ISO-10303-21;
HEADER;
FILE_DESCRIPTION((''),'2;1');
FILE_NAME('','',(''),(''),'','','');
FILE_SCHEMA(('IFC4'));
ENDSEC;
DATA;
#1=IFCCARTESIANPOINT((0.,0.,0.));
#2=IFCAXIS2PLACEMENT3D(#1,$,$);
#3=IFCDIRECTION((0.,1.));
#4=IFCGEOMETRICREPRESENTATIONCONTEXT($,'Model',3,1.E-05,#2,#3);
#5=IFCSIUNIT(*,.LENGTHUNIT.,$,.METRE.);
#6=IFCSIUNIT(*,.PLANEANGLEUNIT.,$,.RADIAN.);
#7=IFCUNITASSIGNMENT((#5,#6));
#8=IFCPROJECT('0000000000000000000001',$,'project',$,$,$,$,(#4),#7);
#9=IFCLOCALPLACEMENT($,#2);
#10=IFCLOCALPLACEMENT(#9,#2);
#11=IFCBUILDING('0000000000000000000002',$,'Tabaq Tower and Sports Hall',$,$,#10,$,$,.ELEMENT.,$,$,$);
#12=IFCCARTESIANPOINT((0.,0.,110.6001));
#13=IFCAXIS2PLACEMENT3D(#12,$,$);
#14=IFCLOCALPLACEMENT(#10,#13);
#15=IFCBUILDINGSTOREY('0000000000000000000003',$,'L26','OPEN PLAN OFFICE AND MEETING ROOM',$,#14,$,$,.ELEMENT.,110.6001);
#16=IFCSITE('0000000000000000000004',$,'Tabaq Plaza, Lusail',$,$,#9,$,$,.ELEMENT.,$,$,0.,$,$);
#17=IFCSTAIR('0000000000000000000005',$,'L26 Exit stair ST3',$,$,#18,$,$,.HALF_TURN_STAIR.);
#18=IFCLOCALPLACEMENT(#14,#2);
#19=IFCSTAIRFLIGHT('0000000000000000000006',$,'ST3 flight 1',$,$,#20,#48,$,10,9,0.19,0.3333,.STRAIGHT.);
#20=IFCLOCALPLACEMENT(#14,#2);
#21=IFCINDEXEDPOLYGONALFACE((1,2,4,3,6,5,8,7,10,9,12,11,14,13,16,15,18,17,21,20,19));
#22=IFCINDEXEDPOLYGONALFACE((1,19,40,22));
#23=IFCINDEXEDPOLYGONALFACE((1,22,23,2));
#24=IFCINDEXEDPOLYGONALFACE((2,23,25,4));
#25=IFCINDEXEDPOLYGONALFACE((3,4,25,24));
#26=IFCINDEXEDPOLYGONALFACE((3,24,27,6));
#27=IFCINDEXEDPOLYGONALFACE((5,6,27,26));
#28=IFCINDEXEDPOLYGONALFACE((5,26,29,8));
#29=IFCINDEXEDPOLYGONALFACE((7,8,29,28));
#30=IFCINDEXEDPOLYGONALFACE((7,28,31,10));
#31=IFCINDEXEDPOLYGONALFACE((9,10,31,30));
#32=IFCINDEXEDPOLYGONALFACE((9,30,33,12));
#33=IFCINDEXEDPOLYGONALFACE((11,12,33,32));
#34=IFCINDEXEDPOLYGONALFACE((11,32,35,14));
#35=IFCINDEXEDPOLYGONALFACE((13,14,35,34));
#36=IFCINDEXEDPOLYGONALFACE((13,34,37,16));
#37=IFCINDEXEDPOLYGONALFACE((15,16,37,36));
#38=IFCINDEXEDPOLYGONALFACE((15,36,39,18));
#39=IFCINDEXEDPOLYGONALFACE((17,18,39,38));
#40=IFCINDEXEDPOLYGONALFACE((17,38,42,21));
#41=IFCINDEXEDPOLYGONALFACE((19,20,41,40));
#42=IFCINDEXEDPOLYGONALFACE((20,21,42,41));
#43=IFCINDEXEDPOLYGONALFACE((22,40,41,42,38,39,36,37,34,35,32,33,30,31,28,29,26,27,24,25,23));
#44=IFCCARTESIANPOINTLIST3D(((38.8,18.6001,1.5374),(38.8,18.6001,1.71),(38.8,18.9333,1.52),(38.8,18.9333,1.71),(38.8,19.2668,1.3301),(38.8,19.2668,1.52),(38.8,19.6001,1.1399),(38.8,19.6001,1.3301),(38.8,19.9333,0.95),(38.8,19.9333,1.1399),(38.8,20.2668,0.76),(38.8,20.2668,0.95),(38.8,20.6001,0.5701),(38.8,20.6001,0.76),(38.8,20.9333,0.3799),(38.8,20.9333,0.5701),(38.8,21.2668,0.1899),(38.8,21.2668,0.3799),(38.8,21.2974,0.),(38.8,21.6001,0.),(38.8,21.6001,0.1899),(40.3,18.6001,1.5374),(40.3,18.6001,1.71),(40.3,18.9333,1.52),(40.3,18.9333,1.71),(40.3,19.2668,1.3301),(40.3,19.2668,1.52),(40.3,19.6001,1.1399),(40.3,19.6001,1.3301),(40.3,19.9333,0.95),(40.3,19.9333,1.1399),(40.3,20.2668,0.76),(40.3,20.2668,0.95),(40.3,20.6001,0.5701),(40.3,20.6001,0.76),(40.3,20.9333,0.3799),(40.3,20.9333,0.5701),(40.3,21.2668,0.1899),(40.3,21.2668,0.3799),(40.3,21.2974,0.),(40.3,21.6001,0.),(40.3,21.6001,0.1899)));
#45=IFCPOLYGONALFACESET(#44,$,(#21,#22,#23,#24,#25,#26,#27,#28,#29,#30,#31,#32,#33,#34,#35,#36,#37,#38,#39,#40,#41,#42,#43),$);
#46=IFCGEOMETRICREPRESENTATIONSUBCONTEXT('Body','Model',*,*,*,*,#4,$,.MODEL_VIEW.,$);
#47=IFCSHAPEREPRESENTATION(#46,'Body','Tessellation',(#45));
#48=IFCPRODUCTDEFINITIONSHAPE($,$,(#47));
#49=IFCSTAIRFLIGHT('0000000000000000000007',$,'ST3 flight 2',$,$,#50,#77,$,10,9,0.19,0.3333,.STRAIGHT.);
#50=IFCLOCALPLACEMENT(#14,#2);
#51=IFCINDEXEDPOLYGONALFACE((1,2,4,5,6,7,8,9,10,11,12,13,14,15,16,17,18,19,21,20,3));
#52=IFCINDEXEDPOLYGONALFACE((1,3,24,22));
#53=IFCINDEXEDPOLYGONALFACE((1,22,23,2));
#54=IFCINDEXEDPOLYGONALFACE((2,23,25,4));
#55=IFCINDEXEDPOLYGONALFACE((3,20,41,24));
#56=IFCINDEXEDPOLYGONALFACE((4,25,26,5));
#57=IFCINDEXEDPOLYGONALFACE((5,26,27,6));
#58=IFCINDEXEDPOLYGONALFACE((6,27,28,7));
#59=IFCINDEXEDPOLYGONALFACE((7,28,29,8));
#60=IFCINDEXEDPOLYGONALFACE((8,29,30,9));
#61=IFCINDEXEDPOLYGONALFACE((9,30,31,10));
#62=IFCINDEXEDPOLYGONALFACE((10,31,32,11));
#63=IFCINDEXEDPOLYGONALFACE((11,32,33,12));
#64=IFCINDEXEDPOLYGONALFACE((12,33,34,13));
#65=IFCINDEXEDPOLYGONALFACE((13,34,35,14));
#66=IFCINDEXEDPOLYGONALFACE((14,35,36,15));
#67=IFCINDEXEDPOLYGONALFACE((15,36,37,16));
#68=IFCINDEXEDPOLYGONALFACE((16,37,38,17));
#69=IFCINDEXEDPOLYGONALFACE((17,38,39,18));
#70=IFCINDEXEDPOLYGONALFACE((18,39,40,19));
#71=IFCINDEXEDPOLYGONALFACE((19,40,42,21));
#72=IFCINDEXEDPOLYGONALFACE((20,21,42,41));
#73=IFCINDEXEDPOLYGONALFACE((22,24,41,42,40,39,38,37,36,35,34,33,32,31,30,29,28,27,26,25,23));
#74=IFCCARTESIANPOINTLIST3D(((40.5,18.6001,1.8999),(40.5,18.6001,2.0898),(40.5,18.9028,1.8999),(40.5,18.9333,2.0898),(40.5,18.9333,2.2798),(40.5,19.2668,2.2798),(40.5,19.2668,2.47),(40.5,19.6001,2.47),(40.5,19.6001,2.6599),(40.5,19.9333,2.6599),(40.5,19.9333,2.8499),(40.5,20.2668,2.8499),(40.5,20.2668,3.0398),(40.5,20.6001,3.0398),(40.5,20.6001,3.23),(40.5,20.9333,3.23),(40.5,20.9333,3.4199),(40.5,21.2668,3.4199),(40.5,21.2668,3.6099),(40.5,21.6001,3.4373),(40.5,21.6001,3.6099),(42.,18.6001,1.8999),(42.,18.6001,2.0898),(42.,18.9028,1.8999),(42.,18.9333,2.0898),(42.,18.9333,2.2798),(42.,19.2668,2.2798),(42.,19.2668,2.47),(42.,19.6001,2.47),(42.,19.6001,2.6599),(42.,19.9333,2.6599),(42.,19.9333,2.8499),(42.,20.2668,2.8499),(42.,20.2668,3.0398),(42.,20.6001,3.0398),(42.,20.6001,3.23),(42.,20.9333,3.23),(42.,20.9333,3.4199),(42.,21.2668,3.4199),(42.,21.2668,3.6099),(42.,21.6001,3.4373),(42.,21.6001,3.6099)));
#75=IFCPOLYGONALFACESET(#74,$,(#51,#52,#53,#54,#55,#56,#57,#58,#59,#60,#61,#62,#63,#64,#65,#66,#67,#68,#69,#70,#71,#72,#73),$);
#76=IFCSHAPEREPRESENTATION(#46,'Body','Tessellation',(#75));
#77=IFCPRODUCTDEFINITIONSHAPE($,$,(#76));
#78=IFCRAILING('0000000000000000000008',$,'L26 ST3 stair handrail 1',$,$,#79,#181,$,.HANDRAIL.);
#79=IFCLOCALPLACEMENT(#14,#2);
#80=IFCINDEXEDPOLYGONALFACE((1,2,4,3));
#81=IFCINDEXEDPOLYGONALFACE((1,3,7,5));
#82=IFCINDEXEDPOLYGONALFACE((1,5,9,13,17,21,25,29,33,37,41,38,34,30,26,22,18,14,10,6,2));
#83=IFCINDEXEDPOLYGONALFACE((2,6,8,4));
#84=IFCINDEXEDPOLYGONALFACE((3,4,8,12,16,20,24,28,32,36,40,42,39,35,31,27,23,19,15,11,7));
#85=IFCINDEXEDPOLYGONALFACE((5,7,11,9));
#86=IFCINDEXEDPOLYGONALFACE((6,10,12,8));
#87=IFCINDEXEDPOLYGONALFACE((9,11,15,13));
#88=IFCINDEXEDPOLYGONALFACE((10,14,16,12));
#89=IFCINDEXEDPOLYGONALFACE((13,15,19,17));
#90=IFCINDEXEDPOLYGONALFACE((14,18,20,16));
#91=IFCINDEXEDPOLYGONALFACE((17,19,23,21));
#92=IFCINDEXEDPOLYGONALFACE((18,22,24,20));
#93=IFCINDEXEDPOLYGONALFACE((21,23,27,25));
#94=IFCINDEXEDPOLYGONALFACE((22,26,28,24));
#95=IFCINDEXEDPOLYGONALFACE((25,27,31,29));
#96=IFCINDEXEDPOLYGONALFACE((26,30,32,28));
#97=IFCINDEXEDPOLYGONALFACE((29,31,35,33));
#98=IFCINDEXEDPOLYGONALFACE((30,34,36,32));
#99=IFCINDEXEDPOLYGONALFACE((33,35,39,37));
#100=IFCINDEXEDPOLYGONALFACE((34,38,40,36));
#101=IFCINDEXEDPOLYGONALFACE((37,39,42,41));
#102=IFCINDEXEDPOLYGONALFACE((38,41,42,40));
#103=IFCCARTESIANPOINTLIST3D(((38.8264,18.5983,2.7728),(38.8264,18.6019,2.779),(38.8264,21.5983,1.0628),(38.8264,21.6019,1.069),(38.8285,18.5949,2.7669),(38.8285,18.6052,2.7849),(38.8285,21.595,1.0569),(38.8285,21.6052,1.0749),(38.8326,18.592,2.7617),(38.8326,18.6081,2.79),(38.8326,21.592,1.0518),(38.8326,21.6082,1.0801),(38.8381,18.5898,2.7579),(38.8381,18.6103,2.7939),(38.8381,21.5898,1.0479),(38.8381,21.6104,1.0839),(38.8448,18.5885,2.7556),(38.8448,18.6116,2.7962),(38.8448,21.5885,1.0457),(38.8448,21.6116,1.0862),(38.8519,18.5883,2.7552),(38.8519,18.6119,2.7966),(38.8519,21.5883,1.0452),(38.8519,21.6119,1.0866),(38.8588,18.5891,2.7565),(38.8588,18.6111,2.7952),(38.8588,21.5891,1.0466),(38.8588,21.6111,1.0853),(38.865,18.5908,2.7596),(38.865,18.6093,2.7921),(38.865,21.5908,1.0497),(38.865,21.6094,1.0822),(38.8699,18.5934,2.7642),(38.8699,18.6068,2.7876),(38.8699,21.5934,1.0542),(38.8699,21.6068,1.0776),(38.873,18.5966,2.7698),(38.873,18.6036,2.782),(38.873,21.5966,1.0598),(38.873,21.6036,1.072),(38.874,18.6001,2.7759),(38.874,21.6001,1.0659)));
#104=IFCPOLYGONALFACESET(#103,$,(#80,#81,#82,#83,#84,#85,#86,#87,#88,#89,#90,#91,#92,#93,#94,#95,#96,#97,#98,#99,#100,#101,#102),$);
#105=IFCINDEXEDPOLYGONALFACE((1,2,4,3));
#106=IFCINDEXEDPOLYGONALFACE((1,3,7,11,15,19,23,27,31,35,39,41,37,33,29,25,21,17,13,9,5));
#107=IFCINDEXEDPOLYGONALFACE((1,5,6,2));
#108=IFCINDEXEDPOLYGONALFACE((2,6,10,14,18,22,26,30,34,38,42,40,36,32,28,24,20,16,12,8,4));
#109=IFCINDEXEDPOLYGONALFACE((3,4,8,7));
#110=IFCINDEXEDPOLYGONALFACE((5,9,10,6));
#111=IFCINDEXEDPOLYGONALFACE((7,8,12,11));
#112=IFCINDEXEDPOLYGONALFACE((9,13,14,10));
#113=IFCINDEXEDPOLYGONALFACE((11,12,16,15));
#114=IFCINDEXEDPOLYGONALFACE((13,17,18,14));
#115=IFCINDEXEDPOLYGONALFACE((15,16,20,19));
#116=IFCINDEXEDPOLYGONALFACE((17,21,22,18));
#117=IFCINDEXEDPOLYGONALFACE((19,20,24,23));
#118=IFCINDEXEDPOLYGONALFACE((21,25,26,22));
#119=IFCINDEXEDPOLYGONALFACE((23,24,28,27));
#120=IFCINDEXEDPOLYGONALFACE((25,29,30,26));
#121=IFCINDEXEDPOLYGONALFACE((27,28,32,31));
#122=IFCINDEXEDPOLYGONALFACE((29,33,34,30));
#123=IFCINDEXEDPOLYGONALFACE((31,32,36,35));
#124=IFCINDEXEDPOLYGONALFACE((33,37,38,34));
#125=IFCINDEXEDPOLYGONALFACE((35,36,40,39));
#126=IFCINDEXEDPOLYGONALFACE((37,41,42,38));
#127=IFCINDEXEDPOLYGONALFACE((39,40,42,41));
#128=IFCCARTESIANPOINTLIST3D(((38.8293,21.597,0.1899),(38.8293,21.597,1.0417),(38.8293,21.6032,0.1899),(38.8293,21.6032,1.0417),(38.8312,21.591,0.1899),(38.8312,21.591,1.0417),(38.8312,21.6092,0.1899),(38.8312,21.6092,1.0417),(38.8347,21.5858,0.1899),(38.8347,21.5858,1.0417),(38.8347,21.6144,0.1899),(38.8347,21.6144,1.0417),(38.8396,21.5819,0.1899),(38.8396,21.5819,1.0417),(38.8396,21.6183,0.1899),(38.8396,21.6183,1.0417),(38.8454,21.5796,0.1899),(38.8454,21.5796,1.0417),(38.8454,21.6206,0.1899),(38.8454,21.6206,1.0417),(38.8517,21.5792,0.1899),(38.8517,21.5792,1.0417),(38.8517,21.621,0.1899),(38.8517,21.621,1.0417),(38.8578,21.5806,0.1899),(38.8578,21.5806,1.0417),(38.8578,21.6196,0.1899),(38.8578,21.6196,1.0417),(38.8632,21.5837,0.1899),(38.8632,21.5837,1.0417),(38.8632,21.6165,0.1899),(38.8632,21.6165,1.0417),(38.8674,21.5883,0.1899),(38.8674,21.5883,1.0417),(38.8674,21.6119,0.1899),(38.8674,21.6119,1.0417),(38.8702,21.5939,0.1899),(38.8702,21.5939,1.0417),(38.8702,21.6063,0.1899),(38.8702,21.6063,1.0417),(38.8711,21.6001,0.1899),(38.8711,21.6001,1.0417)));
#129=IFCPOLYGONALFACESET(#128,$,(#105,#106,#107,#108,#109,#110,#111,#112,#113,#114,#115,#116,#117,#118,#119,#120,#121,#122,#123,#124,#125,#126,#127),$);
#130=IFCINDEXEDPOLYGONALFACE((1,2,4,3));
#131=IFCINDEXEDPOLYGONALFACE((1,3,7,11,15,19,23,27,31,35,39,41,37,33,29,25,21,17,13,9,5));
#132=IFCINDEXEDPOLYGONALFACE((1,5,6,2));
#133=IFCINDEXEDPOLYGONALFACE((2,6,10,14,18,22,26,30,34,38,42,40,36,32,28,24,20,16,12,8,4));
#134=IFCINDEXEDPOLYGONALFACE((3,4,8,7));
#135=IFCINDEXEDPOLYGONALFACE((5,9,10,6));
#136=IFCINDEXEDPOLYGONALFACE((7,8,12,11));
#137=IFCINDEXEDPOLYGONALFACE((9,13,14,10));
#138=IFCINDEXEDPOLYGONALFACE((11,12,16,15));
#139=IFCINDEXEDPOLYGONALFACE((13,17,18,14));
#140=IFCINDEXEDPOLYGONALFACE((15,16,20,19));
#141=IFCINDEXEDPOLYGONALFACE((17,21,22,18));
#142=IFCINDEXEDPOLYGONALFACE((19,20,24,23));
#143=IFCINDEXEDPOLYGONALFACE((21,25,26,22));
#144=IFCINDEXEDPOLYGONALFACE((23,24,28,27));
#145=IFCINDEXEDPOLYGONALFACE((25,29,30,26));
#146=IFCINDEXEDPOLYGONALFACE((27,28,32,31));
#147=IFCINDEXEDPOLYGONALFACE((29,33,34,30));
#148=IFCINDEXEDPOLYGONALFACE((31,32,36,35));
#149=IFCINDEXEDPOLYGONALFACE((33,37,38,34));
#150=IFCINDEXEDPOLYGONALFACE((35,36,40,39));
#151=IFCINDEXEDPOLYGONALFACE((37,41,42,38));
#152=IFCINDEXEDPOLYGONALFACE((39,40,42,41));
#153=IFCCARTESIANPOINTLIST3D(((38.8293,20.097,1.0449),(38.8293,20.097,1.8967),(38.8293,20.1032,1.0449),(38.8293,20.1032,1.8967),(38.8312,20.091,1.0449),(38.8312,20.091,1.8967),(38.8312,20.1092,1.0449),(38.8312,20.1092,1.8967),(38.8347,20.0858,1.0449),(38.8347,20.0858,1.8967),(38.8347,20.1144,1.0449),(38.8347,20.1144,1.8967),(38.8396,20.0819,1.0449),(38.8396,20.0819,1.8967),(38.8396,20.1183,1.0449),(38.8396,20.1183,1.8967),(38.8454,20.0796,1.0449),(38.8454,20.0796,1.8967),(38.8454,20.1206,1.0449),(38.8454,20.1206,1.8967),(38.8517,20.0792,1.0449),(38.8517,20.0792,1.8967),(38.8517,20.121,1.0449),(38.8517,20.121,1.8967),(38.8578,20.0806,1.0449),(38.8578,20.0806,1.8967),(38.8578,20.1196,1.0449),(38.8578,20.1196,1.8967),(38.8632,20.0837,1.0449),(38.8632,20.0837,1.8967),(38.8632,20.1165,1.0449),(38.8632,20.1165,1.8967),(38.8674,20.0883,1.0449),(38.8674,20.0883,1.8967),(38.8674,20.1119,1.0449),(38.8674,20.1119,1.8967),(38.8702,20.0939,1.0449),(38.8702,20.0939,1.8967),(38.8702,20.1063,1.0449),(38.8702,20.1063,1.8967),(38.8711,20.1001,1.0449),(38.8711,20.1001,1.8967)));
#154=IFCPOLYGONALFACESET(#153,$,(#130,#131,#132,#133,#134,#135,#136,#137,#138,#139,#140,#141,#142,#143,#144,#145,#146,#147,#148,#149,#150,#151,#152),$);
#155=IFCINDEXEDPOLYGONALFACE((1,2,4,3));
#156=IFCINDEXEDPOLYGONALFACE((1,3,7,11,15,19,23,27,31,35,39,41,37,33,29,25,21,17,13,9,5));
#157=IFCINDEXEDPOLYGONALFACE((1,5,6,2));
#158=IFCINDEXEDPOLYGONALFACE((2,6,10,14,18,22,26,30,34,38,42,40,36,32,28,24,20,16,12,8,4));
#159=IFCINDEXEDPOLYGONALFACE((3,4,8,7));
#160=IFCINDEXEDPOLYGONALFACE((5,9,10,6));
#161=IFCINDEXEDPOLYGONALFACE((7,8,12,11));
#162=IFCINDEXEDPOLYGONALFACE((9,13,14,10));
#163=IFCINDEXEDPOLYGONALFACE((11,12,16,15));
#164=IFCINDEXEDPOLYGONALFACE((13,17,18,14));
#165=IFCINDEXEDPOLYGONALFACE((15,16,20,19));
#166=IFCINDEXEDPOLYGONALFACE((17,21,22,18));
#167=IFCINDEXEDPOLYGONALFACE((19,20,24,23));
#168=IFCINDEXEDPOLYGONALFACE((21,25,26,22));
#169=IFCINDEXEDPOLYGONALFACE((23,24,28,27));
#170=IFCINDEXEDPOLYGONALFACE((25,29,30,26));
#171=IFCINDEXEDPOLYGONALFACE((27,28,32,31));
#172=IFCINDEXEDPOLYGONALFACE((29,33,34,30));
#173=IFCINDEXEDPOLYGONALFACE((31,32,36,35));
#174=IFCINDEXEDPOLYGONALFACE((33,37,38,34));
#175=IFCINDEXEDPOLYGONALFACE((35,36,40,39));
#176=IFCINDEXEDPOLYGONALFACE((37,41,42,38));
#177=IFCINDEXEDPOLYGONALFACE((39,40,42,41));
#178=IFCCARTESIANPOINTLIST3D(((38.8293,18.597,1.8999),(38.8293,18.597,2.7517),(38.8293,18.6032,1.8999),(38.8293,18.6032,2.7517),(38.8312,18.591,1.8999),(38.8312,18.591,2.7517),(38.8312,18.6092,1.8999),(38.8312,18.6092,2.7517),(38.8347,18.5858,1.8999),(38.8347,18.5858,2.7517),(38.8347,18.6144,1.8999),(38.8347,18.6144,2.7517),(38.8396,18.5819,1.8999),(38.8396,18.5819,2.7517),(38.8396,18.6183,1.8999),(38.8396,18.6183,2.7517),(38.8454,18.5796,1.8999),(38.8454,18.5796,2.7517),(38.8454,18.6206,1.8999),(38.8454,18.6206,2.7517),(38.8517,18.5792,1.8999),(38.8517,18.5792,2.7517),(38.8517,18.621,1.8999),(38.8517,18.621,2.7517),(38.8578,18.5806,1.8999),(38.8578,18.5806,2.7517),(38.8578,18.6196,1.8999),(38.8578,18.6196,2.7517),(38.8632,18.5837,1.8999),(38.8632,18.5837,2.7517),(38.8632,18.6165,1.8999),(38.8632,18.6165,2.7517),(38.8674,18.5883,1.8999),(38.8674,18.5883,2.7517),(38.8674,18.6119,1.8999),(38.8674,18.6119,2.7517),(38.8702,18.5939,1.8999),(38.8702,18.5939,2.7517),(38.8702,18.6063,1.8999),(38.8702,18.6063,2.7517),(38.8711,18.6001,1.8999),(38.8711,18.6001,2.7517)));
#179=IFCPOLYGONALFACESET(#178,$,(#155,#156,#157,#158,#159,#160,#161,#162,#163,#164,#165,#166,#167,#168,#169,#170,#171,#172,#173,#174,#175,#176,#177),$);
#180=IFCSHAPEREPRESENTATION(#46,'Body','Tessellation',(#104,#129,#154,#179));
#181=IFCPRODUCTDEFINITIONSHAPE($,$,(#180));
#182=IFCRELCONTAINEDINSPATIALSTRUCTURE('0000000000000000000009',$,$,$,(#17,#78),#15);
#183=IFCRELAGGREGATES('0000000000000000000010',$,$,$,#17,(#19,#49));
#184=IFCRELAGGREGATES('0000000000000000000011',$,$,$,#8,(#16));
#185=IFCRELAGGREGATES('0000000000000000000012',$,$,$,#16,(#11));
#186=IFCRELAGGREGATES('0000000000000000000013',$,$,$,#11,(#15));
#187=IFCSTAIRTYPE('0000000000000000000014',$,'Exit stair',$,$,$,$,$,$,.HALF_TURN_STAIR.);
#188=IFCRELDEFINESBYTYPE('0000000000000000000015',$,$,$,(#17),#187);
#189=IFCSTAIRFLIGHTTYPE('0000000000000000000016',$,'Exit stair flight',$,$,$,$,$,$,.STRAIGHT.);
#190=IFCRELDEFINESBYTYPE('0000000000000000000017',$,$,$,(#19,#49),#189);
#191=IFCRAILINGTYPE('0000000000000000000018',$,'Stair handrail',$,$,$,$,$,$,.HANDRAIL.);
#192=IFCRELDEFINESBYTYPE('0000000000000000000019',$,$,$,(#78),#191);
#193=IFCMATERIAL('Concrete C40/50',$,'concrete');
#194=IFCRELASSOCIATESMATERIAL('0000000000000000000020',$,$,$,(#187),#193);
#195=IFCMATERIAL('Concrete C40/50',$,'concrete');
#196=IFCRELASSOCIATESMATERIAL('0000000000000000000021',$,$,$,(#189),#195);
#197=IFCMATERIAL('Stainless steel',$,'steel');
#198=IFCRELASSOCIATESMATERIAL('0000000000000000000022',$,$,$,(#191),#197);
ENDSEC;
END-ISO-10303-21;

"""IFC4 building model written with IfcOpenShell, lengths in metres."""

from ifc_helpers import new_model, si_unit, direction, frame, origin, origin_2d, place, context, subcontext, project, spatial, polyline, circle, outline, extrude, material, type_object, element, aggregate, save


model = new_model("IFC4")

# Units and contexts
model_context = context("Model", 3, precision=1e-05, world=origin(), true_north=direction((0.0, 1.0)))
body_context = subcontext(model_context, "Body", "Model", "MODEL_VIEW")
ifc_project = project(units=[si_unit("LENGTHUNIT", "METRE"), si_unit("PLANEANGLEUNIT", "RADIAN")], contexts=[model_context])

# Site, building, storey
site_placement = place(None, origin())
site = spatial("IfcSite", under=ifc_project, at=site_placement, Name="Tabaq Plaza, Lusail", CompositionType="ELEMENT", RefElevation=0.0)
building_placement = place(site_placement, origin())
building = spatial("IfcBuilding", under=site, at=building_placement, Name="Tabaq Tower and Sports Hall", CompositionType="ELEMENT")
storey_placement = place(building_placement, frame((0.0, 0.0, 110.6001)))
storey = spatial("IfcBuildingStorey", under=building, at=storey_placement, Name="L26", Description="OPEN PLAN OFFICE AND MEETING ROOM", CompositionType="ELEMENT", Elevation=110.6001)

# Stair, stair flights
ifc_material_1 = material(Name="Concrete C40/50", Category="concrete")
stair_type = type_object("IfcStairType", Name="Exit stair", PredefinedType="HALF_TURN_STAIR", material=ifc_material_1)
stair_placement = place(storey_placement, origin())
stair = element("IfcStair", 1, at=stair_placement, inside=storey, type_object=stair_type, Name="L26 Exit stair ST3", PredefinedType="HALF_TURN_STAIR")
ifc_material_2 = material(Name="Concrete C40/50", Category="concrete")
stair_flight_type = type_object("IfcStairFlightType", Name="Exit stair flight", PredefinedType="STRAIGHT", material=ifc_material_2)
stair_flight_1_placement = place(storey_placement, frame((39.55, 21.6001, 0.0), z_axis=(0.0, 0.0, 1.0), x_axis=(0.0, -1.0, 0.0)))
stair_flight_1 = element("IfcStairFlight", 2, at=stair_flight_1_placement, type_object=stair_flight_type, Name="ST3 flight 1", NumberOfRisers=10, NumberOfTreads=9, PredefinedType="STRAIGHT", RiserHeight=0.19, TreadLength=0.3333, context=body_context, shape_type="SweptSolid", body=[
    extrude(outline(polyline([(0.0, 0.0), (0.0, 0.1899), (0.3333, 0.1899), (0.3333, 0.3799), (0.6667, 0.3799), (0.6667, 0.5701), (1.0, 0.5701), (1.0, 0.76), (1.3333, 0.76), (1.3333, 0.95), (1.6667, 0.95), (1.6667, 1.1399), (2.0, 1.1399), (2.0, 1.3301), (2.3333, 1.3301), (2.3333, 1.52), (2.6667, 1.52), (2.6667, 1.71), (3.0, 1.71), (3.0, 1.8999), (3.0, 1.5374), (0.3027, 0.0), (0.0, 0.0)])), frame((0.0, 0.75, 0.0), z_axis=(0.0, -1.0, 0.0), x_axis=(1.0, 0.0, 0.0)), (0.0, 0.0, 1.0), 1.5),
])
stair_flight_2_placement = place(storey_placement, frame((41.25, 18.6001, 1.8999), z_axis=(0.0, 0.0, 1.0), x_axis=(0.0, 1.0, 0.0)))
stair_flight_2 = element("IfcStairFlight", 3, at=stair_flight_2_placement, type_object=stair_flight_type, Name="ST3 flight 2", NumberOfRisers=10, NumberOfTreads=9, PredefinedType="STRAIGHT", RiserHeight=0.19, TreadLength=0.3333, context=body_context, shape_type="SweptSolid", body=[
    extrude(outline(polyline([(0.0, 0.0), (0.0, 0.1899), (0.3333, 0.1899), (0.3333, 0.3799), (0.6667, 0.3799), (0.6667, 0.5701), (1.0, 0.5701), (1.0, 0.76), (1.3333, 0.76), (1.3333, 0.95), (1.6667, 0.95), (1.6667, 1.1399), (2.0, 1.1399), (2.0, 1.3301), (2.3333, 1.3301), (2.3333, 1.52), (2.6667, 1.52), (2.6667, 1.71), (3.0, 1.71), (3.0, 1.8999), (3.0, 1.5374), (0.3027, 0.0), (0.0, 0.0)])), frame((0.0, 0.75, 0.0), z_axis=(0.0, -1.0, 0.0), x_axis=(1.0, 0.0, 0.0)), (0.0, 0.0, 1.0), 1.5),
])
aggregate(stair, [stair_flight_1, stair_flight_2])

# Railing
ifc_material_3 = material(Name="Stainless steel", Category="steel")
railing_type_1 = type_object("IfcRailingType", Name="Stair handrail", PredefinedType="HANDRAIL", material=ifc_material_3)
railing_1_placement = place(storey_placement, frame((38.8501, 21.6001, 0.1899)))
element("IfcRailing", 4, at=railing_1_placement, inside=storey, type_object=railing_type_1, Name="L26 ST3 stair handrail 1", PredefinedType="HANDRAIL", context=body_context, shape_type="SweptSolid", body=[
    extrude(circle(Radius=0.0239, at=origin_2d()), frame((0.0, 0.0, 0.876), z_axis=(0.0, -0.868782, 0.495195), x_axis=(1.0, 0.0, 0.0)), (0.0, 0.0, 1.0), 3.4531),
    extrude(circle(Radius=0.021, at=origin_2d()), origin(), (0.0, 0.0, 1.0), 0.8518),
    extrude(circle(Radius=0.021, at=origin_2d()), frame((0.0, -1.5, 0.855)), (0.0, 0.0, 1.0), 0.8518),
    extrude(circle(Radius=0.021, at=origin_2d()), frame((0.0, -3.0, 1.71)), (0.0, 0.0, 1.0), 0.8518),
])

save(model, "model.ifc")
